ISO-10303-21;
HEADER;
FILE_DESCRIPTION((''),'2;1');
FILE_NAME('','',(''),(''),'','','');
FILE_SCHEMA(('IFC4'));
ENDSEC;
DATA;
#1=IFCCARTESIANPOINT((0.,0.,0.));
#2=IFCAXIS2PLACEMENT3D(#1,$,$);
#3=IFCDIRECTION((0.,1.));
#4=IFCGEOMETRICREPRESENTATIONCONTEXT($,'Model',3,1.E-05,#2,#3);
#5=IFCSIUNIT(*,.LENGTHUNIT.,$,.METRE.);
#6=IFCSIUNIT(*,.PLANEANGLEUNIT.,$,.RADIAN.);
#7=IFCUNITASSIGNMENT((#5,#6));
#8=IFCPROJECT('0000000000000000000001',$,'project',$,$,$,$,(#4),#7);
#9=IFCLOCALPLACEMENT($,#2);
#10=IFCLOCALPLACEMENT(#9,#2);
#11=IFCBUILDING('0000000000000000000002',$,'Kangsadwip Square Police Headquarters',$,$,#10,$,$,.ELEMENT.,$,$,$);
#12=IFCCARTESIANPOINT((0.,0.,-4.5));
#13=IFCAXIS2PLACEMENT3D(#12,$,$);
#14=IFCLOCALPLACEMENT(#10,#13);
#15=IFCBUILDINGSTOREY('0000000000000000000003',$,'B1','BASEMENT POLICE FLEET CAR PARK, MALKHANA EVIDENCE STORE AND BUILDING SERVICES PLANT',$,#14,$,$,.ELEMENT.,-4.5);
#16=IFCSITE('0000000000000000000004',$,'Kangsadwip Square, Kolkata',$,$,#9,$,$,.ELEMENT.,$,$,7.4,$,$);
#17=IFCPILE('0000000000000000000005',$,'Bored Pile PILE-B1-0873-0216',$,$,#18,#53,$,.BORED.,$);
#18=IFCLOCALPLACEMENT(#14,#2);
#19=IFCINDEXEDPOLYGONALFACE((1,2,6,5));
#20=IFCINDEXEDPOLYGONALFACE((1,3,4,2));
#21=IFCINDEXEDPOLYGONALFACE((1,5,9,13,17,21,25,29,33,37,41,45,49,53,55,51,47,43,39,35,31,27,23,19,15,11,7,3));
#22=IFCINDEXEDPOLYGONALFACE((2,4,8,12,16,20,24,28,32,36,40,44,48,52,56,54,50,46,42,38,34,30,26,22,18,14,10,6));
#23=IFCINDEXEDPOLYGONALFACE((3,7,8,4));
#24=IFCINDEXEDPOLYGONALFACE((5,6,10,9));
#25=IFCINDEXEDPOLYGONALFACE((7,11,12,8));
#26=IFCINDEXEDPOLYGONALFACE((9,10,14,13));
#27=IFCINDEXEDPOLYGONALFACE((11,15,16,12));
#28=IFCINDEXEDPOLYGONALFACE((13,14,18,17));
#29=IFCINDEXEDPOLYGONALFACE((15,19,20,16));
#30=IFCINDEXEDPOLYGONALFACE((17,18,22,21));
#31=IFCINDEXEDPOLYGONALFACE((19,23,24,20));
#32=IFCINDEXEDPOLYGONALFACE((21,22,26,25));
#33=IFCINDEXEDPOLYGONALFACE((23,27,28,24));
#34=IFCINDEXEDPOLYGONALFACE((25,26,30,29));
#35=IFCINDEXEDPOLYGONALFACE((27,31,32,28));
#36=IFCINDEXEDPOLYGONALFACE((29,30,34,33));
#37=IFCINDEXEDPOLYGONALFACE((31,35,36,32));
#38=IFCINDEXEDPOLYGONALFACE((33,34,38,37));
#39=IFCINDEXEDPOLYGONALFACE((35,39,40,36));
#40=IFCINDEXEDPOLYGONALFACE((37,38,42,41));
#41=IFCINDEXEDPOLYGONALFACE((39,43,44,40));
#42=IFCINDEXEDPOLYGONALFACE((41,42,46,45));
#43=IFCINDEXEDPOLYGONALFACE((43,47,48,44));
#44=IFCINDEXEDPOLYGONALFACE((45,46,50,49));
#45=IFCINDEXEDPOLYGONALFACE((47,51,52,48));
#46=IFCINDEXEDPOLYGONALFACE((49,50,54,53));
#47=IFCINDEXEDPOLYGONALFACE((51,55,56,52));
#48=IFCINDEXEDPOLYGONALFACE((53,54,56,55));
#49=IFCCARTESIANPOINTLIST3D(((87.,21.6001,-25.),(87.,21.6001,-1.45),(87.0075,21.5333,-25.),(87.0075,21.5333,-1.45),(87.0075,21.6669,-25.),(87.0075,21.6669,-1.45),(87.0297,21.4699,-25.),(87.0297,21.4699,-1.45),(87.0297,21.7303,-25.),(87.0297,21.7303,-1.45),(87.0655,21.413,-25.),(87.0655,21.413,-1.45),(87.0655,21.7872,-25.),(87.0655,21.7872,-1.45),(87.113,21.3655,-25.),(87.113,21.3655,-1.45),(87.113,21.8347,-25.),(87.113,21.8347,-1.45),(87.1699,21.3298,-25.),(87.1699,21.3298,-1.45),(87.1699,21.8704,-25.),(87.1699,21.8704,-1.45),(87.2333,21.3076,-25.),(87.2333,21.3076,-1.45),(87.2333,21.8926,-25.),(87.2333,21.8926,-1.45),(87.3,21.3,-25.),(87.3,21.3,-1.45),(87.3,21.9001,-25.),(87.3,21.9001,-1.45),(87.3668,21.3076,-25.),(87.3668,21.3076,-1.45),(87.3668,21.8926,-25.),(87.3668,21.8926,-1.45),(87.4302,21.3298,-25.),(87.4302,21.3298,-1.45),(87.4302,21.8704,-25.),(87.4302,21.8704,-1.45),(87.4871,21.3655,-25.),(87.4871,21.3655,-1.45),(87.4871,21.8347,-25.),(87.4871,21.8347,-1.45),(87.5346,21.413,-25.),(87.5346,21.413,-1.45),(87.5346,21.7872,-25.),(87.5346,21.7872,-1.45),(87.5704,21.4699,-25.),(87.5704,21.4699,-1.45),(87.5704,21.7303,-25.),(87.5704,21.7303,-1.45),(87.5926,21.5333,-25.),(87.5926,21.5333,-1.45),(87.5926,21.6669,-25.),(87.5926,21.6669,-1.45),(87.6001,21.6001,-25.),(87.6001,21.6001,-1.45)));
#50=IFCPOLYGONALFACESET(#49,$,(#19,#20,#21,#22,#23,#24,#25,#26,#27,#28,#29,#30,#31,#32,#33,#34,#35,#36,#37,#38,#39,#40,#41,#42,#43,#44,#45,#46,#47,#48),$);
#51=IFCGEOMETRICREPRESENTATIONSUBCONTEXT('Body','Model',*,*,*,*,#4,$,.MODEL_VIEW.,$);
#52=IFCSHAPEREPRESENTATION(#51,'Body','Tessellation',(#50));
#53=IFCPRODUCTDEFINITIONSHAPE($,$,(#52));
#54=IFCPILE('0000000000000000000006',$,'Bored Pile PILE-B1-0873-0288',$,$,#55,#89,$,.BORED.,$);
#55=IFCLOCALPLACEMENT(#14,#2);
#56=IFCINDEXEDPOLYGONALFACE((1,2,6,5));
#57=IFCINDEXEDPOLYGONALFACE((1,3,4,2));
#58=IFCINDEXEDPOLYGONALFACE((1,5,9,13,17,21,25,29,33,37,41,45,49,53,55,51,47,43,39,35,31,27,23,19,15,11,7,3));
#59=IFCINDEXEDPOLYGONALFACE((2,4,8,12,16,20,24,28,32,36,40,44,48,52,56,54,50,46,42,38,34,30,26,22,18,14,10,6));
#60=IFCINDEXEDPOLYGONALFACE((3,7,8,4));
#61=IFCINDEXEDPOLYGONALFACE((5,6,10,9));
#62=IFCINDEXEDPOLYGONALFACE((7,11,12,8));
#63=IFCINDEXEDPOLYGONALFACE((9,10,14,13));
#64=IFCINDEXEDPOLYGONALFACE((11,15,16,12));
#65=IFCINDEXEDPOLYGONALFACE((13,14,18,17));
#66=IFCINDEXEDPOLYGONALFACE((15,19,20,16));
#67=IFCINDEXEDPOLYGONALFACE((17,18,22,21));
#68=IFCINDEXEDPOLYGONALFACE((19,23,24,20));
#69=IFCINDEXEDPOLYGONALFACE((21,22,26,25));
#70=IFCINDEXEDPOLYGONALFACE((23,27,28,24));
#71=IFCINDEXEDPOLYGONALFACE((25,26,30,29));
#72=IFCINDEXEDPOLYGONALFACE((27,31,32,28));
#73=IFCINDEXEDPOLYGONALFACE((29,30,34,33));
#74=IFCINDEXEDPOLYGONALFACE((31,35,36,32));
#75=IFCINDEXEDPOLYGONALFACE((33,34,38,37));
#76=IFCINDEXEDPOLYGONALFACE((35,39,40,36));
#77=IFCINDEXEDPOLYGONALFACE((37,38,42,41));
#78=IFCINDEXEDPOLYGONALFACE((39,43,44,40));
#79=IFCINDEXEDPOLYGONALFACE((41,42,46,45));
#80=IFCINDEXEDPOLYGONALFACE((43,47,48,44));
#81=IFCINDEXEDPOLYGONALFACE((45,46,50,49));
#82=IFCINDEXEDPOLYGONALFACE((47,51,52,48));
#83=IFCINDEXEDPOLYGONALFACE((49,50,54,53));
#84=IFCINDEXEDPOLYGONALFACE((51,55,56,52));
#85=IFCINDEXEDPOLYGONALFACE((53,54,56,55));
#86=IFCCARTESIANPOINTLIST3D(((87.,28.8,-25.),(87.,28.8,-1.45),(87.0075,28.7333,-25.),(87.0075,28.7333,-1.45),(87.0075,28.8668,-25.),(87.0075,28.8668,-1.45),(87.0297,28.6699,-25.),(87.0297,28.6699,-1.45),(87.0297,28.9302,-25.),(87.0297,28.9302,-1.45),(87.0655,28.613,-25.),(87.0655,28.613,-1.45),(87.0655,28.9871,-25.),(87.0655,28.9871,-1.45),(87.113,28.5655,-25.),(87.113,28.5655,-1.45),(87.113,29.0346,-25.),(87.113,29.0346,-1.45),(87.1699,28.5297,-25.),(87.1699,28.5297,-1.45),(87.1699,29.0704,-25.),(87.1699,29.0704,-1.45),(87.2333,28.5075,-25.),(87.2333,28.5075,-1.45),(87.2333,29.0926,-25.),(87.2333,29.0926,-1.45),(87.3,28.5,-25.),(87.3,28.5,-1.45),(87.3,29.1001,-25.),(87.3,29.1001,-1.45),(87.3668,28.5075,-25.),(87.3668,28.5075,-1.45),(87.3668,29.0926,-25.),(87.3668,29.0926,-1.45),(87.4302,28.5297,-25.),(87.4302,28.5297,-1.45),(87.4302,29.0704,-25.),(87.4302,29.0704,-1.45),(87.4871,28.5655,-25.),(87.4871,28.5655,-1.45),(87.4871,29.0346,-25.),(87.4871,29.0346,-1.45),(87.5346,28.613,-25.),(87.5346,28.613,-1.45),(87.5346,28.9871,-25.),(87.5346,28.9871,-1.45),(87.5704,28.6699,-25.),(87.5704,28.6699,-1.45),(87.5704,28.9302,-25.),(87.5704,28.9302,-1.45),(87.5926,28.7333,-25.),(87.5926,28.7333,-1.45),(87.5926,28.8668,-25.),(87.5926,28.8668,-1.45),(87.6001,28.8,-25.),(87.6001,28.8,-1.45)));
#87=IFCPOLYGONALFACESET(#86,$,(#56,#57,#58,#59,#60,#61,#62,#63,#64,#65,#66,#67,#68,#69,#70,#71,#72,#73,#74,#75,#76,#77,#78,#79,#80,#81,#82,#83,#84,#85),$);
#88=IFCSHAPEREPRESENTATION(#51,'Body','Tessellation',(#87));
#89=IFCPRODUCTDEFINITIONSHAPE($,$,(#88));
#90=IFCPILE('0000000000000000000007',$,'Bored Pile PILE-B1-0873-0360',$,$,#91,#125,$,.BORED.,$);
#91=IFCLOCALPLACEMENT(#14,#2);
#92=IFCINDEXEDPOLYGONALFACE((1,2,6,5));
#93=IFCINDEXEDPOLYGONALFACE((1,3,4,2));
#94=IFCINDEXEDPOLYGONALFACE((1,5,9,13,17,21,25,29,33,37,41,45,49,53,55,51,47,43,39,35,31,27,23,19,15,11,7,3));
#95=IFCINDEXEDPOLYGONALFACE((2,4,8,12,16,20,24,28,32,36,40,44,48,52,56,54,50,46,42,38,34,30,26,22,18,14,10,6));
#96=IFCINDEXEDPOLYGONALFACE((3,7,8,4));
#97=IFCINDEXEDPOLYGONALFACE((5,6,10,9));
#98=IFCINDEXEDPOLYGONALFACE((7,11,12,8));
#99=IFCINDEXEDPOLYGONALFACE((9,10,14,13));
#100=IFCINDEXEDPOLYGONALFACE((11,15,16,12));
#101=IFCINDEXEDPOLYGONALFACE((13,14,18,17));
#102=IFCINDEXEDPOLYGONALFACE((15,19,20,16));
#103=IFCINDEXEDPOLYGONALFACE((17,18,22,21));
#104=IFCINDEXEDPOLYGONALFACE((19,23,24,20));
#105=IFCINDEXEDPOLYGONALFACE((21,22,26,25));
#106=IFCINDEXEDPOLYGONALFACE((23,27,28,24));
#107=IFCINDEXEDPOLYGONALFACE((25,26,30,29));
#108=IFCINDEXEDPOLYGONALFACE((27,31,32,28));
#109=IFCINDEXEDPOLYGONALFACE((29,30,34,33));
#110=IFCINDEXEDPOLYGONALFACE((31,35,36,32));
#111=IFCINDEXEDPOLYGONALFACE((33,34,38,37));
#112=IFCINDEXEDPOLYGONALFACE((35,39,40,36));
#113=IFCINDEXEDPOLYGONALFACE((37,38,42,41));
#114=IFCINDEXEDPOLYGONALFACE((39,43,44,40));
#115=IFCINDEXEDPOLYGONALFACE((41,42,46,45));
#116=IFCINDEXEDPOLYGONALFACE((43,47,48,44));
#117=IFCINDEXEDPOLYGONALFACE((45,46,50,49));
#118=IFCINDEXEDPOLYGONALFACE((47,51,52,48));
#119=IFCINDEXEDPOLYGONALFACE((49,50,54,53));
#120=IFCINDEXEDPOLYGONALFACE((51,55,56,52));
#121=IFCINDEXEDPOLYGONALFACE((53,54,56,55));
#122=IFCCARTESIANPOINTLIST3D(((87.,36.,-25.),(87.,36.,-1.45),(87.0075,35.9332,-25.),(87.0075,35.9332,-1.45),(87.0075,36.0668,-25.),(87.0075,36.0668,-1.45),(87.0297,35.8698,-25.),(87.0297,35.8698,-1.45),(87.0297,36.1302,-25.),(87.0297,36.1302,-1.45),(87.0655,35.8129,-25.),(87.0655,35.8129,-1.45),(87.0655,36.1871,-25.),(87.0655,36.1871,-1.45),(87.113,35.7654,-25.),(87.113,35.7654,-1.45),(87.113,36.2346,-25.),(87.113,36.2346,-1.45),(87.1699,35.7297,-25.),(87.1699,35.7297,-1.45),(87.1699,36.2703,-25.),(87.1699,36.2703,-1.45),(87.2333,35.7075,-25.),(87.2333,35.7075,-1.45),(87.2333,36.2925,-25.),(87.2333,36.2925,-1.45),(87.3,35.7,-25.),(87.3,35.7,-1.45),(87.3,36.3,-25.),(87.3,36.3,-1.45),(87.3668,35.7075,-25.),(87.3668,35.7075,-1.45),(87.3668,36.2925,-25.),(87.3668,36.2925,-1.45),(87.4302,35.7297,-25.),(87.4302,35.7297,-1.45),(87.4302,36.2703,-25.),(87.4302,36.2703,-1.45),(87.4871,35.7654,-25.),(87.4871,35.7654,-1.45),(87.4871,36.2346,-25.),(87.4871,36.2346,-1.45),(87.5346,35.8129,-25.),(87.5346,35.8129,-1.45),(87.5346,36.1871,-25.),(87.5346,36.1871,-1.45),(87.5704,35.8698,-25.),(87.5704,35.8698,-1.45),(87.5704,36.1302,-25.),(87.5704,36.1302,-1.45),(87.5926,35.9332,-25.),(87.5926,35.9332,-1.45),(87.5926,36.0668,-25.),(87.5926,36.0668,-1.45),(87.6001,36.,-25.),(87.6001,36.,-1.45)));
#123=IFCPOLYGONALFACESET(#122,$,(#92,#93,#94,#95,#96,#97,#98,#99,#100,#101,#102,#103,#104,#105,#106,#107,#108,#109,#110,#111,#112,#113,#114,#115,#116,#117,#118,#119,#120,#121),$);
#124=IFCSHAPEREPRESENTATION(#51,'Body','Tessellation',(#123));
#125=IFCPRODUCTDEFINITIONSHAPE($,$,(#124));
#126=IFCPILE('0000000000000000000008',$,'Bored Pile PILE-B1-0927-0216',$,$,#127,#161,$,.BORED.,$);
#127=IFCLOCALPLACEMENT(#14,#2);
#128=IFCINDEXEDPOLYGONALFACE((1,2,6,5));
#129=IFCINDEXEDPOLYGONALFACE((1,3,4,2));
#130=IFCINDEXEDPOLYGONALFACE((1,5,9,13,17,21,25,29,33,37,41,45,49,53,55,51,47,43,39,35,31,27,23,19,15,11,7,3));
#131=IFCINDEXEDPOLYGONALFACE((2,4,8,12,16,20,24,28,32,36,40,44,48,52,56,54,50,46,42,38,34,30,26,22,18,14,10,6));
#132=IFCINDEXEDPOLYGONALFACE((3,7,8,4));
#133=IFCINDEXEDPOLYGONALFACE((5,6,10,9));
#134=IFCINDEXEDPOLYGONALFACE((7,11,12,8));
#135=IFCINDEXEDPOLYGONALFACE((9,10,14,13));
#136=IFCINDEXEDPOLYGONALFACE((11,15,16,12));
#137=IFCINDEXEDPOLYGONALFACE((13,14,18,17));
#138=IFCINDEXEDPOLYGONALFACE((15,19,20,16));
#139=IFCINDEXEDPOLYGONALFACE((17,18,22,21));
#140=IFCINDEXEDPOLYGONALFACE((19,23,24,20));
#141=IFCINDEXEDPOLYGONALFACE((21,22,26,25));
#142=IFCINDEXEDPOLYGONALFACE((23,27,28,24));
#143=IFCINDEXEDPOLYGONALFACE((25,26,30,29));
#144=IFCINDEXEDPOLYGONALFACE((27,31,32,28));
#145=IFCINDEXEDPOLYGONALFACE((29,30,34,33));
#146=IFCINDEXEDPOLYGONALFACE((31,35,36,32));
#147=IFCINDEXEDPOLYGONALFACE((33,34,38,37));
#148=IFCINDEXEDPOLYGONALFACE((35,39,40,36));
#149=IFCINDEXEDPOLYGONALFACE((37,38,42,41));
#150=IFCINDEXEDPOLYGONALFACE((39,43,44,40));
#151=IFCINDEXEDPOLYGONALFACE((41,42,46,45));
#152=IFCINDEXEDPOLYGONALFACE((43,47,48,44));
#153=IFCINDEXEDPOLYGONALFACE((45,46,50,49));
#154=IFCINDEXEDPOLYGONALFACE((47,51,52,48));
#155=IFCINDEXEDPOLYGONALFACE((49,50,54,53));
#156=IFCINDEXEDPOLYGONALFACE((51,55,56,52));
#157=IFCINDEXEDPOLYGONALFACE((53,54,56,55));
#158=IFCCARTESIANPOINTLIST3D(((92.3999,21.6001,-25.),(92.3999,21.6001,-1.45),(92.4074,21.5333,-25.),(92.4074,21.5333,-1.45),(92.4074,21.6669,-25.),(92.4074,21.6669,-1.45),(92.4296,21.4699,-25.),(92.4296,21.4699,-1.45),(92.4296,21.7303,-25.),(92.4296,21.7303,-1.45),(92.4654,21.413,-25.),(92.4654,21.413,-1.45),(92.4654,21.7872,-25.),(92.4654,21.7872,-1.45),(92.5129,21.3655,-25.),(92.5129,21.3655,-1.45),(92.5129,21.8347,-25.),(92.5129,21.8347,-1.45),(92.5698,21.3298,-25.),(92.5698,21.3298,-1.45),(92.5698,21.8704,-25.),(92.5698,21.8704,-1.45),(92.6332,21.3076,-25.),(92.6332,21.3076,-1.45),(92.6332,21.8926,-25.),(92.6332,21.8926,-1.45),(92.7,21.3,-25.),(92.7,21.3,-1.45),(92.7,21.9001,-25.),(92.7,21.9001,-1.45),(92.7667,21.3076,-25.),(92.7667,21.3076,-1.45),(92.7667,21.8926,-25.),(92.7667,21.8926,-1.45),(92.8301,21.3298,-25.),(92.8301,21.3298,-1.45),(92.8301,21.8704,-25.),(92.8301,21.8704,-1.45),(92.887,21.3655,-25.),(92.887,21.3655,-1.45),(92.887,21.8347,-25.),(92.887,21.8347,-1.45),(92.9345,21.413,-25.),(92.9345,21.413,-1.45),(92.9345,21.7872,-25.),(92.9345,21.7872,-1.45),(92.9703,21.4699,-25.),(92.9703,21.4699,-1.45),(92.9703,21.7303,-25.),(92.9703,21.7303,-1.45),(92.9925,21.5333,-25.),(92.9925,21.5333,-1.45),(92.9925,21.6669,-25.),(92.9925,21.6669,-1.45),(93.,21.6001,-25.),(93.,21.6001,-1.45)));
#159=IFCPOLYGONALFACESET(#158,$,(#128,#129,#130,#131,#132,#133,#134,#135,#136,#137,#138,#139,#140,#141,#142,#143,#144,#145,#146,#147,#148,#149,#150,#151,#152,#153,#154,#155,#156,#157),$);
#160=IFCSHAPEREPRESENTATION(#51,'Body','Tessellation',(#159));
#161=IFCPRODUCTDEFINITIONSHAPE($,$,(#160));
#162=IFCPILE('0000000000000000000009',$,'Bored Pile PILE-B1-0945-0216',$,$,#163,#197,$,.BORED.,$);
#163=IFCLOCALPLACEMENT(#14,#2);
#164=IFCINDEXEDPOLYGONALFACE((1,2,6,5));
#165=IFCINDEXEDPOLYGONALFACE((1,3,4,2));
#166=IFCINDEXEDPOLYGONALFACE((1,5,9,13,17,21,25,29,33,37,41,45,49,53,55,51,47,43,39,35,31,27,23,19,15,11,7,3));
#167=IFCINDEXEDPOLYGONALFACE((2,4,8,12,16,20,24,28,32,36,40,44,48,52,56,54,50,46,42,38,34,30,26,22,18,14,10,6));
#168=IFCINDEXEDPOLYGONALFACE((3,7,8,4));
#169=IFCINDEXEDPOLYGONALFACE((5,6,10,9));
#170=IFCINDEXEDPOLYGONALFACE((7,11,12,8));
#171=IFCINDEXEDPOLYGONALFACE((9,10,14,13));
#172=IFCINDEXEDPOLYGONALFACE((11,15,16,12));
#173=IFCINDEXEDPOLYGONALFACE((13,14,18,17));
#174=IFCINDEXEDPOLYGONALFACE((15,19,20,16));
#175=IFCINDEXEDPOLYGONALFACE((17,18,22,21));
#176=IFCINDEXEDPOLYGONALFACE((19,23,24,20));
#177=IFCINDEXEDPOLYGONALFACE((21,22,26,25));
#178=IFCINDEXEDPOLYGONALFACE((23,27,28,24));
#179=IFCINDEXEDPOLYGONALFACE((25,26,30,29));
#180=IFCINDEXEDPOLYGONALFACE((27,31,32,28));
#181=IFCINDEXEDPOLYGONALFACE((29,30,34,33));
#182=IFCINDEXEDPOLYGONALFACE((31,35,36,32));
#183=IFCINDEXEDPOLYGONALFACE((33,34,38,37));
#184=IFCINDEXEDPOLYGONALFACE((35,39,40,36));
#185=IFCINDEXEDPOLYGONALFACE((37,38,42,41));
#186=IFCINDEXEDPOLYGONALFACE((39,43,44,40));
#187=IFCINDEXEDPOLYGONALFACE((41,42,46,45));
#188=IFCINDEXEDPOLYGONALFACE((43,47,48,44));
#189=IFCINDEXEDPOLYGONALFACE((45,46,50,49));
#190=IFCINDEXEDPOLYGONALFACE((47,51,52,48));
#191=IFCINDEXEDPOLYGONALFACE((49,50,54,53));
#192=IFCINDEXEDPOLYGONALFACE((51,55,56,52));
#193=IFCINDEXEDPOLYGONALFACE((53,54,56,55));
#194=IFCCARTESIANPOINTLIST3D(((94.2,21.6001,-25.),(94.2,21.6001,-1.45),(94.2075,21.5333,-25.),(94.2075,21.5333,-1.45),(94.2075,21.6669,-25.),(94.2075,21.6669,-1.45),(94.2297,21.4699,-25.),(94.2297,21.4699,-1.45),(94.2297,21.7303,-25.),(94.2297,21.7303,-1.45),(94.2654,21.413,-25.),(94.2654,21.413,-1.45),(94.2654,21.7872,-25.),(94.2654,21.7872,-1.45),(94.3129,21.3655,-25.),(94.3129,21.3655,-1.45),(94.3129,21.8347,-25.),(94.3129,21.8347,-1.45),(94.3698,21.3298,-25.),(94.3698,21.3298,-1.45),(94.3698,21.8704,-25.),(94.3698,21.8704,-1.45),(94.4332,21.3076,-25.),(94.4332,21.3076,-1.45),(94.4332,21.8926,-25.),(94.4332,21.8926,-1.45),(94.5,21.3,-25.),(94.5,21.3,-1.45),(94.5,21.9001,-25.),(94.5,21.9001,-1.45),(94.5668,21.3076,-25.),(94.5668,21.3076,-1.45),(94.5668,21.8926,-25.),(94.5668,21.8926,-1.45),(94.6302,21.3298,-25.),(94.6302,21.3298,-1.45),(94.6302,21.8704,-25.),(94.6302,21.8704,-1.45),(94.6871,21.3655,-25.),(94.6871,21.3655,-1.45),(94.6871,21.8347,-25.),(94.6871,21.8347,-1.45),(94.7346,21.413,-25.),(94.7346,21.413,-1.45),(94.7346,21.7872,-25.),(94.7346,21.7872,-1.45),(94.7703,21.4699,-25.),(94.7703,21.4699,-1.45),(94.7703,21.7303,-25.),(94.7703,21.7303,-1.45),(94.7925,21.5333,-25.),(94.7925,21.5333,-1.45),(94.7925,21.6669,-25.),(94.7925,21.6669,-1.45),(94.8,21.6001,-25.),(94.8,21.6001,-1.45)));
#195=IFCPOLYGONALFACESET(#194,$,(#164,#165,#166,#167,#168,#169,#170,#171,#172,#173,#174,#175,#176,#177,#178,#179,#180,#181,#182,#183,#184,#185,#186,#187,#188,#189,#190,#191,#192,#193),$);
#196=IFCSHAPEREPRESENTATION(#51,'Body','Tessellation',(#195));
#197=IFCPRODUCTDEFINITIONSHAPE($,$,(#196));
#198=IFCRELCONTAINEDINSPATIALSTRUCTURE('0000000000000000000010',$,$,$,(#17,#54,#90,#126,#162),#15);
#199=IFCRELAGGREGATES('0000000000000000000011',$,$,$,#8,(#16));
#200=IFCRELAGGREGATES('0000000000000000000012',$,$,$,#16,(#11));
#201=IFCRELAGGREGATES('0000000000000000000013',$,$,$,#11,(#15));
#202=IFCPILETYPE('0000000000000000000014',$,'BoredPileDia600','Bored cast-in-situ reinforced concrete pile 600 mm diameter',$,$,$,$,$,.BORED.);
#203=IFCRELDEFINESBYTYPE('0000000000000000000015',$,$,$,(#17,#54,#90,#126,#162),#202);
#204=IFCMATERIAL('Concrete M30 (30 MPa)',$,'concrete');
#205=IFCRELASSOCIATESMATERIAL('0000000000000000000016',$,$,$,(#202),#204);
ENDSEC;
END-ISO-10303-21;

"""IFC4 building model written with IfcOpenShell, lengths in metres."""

from ifc_helpers import new_model, si_unit, direction, frame, origin, origin_2d, place, context, subcontext, project, spatial, circle, extrude, material, material_profile, profile_set, type_object, element, save


model = new_model("IFC4")

# Units and contexts
model_context = context("Model", 3, precision=1e-05, world=origin(), true_north=direction((0.0, 1.0)))
body_context = subcontext(model_context, "Body", "Model", "MODEL_VIEW")
ifc_project = project(units=[si_unit("LENGTHUNIT", "METRE"), si_unit("PLANEANGLEUNIT", "RADIAN")], contexts=[model_context])

# Site, building, storey
site_placement = place(None, origin())
site = spatial("IfcSite", under=ifc_project, at=site_placement, Name="Kangsadwip Square, Kolkata", CompositionType="ELEMENT", RefElevation=7.4)
building_placement = place(site_placement, origin())
building = spatial("IfcBuilding", under=site, at=building_placement, Name="Kangsadwip Square Police Headquarters", CompositionType="ELEMENT")
storey_placement = place(building_placement, frame((0.0, 0.0, -4.5)))
storey = spatial("IfcBuildingStorey", under=building, at=storey_placement, Name="B1", Description="BASEMENT POLICE FLEET CAR PARK, MALKHANA EVIDENCE STORE AND BUILDING SERVICES PLANT", CompositionType="ELEMENT", Elevation=-4.5)

# Piles
ifc_material_1 = material(Name="Concrete M30 (30 MPa)", Category="concrete")
ifc_material_profile_1 = material_profile(ifc_material_1, circle(Radius=0.3, at=origin_2d()), Name="PILE DIA 600")
ifc_profile_set_1 = profile_set([ifc_material_profile_1], Name="Concrete M30 (30 MPa)")
pile_type = type_object("IfcPileType", Name="BoredPileDia600", Description="Bored cast-in-situ reinforced concrete pile 600 mm diameter", PredefinedType="BORED", material=ifc_profile_set_1)
for number, where, z_axis, x_axis, name in (
    (1, (87.3, 21.6001, -1.45), (0.0, 0.0, -1.0), (1.0, 0.0, 0.0), "Bored Pile PILE-B1-0873-0216"),
    (2, (87.3, 28.8, -1.45), (0.0, 0.0, -1.0), (1.0, 0.0, 0.0), "Bored Pile PILE-B1-0873-0288"),
    (3, (87.3, 36.0, -1.45), (0.0, 0.0, -1.0), (1.0, 0.0, 0.0), "Bored Pile PILE-B1-0873-0360"),
    (4, (92.7, 21.6001, -1.45), (0.0, 0.0, -1.0), (1.0, 0.0, 0.0), "Bored Pile PILE-B1-0927-0216"),
    (5, (94.5, 21.6001, -1.45), (0.0, 0.0, -1.0), (1.0, 0.0, 0.0), "Bored Pile PILE-B1-0945-0216"),
):
    element("IfcPile", number, at=place(storey_placement, frame(where, z_axis=z_axis, x_axis=x_axis)), inside=storey, type_object=pile_type, Name=name, PredefinedType="BORED", context=body_context, shape_type="SweptSolid", body=[
        extrude(circle(Radius=0.3, at=origin_2d()), origin(), (0.0, 0.0, 1.0), 23.55),
    ])

save(model, "model.ifc")
